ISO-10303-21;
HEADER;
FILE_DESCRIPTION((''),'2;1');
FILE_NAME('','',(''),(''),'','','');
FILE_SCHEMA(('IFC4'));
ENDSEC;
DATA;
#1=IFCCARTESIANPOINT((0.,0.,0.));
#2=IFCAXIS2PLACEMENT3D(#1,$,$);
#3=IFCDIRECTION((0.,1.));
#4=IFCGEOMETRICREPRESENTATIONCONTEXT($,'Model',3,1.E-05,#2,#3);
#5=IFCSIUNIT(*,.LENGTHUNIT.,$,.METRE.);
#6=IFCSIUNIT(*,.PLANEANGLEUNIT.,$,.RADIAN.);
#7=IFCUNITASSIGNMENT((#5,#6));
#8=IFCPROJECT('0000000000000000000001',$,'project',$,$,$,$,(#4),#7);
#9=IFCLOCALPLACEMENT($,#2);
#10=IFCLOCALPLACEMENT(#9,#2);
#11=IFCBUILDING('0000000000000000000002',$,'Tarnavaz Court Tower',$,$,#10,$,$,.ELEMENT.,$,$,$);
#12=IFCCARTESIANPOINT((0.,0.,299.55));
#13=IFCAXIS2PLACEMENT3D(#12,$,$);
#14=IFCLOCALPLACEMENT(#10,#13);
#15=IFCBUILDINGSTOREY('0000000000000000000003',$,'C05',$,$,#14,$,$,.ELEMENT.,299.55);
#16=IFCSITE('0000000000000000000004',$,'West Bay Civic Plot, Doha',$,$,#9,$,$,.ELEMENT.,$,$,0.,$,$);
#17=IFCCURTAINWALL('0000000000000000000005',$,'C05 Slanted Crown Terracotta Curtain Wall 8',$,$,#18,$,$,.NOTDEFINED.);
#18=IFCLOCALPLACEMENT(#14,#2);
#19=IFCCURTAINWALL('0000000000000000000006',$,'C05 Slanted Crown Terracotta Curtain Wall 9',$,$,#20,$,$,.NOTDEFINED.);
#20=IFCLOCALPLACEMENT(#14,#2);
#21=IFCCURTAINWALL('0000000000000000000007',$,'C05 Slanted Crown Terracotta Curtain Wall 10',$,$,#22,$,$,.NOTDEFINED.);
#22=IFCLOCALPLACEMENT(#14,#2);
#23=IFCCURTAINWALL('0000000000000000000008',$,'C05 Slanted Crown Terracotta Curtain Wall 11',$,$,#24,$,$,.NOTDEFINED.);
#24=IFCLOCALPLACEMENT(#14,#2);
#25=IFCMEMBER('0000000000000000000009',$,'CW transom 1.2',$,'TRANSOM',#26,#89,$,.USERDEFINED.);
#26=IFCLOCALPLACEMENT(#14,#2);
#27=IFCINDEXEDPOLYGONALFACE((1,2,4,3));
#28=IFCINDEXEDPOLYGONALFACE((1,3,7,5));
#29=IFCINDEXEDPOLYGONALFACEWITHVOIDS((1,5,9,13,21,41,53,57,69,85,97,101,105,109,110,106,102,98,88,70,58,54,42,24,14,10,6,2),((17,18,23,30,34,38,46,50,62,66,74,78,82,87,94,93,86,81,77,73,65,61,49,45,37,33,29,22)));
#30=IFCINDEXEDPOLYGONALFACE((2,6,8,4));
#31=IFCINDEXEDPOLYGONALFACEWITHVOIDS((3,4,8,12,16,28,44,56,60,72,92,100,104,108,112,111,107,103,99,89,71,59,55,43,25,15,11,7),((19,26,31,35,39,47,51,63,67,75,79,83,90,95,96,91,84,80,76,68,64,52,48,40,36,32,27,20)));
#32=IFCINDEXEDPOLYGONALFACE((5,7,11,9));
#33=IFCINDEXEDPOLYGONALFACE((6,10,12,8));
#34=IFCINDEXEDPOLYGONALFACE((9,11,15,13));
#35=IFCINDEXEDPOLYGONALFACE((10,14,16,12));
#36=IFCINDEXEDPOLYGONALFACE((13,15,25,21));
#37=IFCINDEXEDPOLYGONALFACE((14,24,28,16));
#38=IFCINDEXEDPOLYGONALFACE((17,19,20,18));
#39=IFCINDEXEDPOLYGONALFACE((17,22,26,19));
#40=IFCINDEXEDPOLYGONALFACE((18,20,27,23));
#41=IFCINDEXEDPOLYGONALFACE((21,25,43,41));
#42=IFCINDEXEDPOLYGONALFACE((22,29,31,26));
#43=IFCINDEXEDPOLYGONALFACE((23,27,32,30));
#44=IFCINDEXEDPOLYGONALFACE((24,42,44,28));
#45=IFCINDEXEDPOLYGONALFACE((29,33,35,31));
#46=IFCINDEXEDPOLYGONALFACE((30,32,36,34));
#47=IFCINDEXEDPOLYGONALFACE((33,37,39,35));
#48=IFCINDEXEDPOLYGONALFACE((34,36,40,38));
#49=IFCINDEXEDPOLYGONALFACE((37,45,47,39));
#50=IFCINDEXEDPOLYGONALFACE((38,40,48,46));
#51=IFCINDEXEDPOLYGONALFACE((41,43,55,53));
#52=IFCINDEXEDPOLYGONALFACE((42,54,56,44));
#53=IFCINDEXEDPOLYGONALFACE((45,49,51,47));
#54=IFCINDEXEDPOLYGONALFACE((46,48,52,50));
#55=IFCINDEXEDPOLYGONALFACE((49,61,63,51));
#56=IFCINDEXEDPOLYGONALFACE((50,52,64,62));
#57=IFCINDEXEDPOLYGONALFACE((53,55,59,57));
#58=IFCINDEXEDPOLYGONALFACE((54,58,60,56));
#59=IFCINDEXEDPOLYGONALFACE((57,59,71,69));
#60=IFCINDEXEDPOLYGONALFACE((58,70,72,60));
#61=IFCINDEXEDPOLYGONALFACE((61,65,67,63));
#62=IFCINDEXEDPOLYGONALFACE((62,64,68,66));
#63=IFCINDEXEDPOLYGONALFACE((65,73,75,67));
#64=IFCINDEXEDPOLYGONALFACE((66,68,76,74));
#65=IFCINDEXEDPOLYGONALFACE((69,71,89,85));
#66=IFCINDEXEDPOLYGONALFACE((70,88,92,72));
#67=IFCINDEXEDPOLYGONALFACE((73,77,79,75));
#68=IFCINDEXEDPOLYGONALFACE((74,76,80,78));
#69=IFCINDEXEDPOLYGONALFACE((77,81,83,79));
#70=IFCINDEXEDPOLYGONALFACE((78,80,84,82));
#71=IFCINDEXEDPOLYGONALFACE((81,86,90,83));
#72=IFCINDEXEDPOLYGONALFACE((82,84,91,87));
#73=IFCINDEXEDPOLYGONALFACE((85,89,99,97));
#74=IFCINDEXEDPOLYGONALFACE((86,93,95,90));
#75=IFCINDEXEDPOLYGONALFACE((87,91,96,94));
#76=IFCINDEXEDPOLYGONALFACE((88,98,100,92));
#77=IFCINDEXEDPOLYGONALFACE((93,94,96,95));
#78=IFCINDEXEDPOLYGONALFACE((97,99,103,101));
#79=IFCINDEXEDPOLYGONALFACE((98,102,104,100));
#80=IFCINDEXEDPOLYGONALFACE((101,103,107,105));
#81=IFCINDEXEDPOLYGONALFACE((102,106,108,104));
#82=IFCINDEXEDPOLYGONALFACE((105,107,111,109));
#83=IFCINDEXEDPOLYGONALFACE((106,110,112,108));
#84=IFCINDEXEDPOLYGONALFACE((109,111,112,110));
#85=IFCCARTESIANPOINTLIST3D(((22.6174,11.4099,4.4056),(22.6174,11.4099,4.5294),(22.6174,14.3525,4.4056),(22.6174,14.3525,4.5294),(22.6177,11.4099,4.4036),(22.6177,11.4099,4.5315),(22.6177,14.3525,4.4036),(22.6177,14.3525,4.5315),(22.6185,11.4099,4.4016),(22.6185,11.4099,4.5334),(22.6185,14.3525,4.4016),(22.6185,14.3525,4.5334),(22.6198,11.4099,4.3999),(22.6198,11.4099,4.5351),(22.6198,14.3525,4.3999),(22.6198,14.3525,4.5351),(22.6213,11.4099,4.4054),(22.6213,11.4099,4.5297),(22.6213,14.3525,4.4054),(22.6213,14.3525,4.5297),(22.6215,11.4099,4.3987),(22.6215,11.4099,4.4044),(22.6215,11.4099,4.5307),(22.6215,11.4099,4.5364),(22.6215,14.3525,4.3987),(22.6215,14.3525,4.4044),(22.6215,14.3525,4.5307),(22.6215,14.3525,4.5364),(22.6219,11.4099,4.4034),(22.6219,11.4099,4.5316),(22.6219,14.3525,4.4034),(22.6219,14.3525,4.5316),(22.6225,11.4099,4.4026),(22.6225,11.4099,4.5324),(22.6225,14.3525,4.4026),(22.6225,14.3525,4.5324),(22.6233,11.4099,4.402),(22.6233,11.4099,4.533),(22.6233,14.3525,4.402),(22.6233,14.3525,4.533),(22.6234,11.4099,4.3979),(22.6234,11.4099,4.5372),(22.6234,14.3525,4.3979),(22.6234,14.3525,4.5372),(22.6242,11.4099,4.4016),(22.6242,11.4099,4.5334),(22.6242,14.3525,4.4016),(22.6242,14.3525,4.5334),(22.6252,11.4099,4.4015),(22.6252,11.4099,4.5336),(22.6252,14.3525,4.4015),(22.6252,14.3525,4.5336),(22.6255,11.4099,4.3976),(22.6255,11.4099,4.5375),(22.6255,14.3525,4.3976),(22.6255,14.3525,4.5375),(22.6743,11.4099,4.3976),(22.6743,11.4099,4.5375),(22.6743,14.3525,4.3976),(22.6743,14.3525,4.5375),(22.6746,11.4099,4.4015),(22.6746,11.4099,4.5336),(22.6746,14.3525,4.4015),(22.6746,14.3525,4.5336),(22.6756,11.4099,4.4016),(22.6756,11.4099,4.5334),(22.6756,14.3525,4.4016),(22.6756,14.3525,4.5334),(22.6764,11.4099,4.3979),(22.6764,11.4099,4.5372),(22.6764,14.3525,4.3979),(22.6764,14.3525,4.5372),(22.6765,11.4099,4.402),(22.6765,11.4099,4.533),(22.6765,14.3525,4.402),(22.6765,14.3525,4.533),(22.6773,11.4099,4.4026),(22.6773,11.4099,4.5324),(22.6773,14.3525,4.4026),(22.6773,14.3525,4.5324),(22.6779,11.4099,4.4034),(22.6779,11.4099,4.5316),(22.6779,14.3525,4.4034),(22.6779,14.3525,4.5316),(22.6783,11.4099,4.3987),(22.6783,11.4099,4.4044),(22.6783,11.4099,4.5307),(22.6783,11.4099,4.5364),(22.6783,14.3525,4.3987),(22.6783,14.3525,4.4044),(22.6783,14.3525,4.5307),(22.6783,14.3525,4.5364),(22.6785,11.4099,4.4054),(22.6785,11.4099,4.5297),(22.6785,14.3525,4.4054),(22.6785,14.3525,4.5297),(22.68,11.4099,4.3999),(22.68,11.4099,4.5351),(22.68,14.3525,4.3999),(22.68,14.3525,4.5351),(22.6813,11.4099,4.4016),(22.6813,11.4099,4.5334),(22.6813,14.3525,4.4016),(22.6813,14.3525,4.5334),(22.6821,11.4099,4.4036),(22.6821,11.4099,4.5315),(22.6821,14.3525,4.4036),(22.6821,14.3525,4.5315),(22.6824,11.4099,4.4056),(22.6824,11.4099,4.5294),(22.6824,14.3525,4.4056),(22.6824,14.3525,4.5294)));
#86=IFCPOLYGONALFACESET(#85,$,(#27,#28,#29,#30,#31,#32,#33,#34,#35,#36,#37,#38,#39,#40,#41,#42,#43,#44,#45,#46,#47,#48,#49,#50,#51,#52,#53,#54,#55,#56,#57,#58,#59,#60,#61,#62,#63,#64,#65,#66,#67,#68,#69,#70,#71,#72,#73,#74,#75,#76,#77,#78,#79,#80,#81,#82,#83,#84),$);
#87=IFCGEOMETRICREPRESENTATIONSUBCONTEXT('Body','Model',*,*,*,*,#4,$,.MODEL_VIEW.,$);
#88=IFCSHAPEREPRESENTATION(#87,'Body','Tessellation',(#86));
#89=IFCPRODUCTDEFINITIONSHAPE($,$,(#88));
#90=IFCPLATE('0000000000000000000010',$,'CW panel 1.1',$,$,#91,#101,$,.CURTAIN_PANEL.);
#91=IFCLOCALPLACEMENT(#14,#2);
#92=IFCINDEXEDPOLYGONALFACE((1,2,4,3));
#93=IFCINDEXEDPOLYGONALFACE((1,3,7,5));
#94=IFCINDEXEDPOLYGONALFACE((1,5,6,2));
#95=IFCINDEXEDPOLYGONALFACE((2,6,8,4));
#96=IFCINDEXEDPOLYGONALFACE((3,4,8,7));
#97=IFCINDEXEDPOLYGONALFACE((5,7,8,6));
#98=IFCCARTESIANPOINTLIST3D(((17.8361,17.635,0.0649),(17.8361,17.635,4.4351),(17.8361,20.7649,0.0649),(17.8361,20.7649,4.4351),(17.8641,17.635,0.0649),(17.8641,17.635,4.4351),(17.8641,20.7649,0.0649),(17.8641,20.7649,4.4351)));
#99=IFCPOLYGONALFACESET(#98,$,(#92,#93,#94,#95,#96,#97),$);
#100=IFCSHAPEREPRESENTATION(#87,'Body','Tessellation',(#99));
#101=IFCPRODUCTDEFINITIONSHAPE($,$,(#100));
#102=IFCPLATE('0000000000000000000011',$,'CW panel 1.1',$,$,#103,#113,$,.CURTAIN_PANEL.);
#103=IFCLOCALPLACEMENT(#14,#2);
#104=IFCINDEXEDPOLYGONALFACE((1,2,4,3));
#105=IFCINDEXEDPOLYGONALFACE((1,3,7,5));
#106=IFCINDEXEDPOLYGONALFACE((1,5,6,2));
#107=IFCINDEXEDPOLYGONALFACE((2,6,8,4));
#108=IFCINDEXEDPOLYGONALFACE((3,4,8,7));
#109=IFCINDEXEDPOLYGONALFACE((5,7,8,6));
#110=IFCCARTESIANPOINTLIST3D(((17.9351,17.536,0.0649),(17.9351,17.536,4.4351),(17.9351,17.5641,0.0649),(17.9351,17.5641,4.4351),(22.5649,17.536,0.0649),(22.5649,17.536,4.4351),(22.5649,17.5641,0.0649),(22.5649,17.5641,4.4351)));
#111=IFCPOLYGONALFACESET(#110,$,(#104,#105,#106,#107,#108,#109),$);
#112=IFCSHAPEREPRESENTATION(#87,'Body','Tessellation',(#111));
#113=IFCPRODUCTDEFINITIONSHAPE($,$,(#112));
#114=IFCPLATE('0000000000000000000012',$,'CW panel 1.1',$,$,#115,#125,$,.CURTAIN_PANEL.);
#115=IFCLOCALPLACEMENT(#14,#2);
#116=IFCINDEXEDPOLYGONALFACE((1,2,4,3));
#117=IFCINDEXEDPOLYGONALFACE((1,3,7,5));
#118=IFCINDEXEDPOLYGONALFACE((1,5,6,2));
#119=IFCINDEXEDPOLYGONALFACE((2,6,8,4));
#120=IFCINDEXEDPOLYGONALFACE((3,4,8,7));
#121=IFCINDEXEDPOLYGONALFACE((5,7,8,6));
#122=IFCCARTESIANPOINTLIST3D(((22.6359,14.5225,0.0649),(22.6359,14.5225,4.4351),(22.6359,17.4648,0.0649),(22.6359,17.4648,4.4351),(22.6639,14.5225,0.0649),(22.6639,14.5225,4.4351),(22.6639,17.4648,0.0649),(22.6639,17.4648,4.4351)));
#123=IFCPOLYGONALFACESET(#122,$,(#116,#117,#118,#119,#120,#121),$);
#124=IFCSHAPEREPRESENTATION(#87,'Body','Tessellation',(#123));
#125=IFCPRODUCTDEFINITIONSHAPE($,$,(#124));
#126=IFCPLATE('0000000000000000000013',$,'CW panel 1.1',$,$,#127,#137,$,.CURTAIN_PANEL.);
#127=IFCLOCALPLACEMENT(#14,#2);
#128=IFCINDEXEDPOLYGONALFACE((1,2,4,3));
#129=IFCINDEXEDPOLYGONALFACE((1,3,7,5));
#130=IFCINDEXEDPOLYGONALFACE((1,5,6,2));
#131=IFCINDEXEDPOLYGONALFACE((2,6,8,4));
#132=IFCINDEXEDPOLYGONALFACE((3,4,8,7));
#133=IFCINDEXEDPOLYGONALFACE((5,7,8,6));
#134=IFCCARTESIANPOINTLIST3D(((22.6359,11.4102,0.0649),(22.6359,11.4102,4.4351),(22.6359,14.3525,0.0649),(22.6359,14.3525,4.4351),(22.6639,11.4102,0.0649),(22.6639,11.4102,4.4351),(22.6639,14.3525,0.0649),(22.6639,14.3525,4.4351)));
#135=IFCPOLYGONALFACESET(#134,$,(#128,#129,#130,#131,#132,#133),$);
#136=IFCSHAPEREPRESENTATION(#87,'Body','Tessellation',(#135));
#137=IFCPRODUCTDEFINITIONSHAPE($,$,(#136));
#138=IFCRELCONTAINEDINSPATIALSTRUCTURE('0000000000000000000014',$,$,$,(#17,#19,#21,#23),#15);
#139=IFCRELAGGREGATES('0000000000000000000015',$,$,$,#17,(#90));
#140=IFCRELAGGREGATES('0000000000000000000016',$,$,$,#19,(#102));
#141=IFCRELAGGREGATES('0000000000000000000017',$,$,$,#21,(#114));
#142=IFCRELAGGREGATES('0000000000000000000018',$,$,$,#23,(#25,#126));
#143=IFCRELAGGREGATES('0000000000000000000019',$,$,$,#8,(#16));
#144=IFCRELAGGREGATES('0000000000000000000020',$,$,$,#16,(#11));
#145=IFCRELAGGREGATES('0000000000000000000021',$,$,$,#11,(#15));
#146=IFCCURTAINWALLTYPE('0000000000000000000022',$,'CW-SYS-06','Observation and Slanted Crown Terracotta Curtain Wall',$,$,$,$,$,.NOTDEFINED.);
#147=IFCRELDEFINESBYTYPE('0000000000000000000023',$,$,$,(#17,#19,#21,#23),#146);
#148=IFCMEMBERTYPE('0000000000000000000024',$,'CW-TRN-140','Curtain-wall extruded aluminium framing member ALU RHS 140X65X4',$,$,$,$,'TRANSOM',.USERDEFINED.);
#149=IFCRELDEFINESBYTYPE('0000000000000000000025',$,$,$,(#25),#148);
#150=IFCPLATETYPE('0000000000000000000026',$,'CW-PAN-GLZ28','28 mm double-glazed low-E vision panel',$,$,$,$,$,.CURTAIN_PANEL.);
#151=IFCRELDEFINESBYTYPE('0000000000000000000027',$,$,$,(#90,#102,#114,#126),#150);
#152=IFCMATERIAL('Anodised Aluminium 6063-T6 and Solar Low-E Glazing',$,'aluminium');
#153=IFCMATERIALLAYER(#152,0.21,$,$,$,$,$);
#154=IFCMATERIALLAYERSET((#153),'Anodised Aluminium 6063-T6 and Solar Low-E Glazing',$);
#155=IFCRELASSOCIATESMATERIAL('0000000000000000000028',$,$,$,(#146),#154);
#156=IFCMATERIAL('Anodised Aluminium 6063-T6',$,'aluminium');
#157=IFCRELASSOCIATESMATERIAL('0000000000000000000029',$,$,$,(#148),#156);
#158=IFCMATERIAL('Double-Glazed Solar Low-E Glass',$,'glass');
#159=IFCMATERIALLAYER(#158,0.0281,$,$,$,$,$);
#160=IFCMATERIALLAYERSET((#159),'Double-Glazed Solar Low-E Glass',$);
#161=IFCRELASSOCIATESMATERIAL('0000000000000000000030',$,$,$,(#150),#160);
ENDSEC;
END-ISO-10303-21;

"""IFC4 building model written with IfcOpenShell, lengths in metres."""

from ifc_helpers import new_model, si_unit, direction, frame, origin, origin_2d, place, context, subcontext, project, spatial, rectangle, hollow_rectangle, extrude, material, layer, layer_set, material_profile, profile_set, type_object, element, aggregate, save


model = new_model("IFC4")

# Units and contexts
model_context = context("Model", 3, precision=1e-05, world=origin(), true_north=direction((0.0, 1.0)))
body_context = subcontext(model_context, "Body", "Model", "MODEL_VIEW")
ifc_project = project(units=[si_unit("LENGTHUNIT", "METRE"), si_unit("PLANEANGLEUNIT", "RADIAN")], contexts=[model_context])

# Site, building, storey
site_placement = place(None, origin())
site = spatial("IfcSite", under=ifc_project, at=site_placement, Name="West Bay Civic Plot, Doha", CompositionType="ELEMENT", RefElevation=0.0)
building_placement = place(site_placement, origin())
building = spatial("IfcBuilding", under=site, at=building_placement, Name="Tarnavaz Court Tower", CompositionType="ELEMENT")
storey_placement = place(building_placement, frame((0.0, 0.0, 299.55)))
storey = spatial("IfcBuildingStorey", under=building, at=storey_placement, Name="C05", CompositionType="ELEMENT", Elevation=299.55)

# Curtain wall
ifc_material_1 = material(Name="Anodised Aluminium 6063-T6 and Solar Low-E Glazing", Category="aluminium")
ifc_layer_1 = layer(ifc_material_1, 0.21)
ifc_layer_set_1 = layer_set([ifc_layer_1], Name="Anodised Aluminium 6063-T6 and Solar Low-E Glazing")
curtain_wall_type = type_object("IfcCurtainWallType", Name="CW-SYS-06", Description="Observation and Slanted Crown Terracotta Curtain Wall", PredefinedType="NOTDEFINED", material=ifc_layer_set_1)
curtain_wall_1_placement = place(storey_placement, origin())
curtain_wall_1 = element("IfcCurtainWall", 1, at=curtain_wall_1_placement, inside=storey, type_object=curtain_wall_type, Name="C05 Slanted Crown Terracotta Curtain Wall 8", PredefinedType="NOTDEFINED")
ifc_material_2 = material(Name="Anodised Aluminium 6063-T6", Category="aluminium")

# Curtain walls
curtain_wall_2_placement = place(storey_placement, origin())
curtain_wall_2 = element("IfcCurtainWall", 2, at=curtain_wall_2_placement, inside=storey, type_object=curtain_wall_type, Name="C05 Slanted Crown Terracotta Curtain Wall 9", PredefinedType="NOTDEFINED")
curtain_wall_3_placement = place(storey_placement, origin())
curtain_wall_3 = element("IfcCurtainWall", 3, at=curtain_wall_3_placement, inside=storey, type_object=curtain_wall_type, Name="C05 Slanted Crown Terracotta Curtain Wall 10", PredefinedType="NOTDEFINED")
curtain_wall_4_placement = place(storey_placement, origin())
curtain_wall_4 = element("IfcCurtainWall", 4, at=curtain_wall_4_placement, inside=storey, type_object=curtain_wall_type, Name="C05 Slanted Crown Terracotta Curtain Wall 11", PredefinedType="NOTDEFINED")

# Member
ifc_material_profile_1 = material_profile(ifc_material_2, hollow_rectangle(XDim=0.0649, YDim=0.1399, WallThickness=0.0039, InnerFilletRadius=0.0039, OuterFilletRadius=0.0081, at=origin_2d()), Name="ALU RHS 140X65X4")
ifc_profile_set_1 = profile_set([ifc_material_profile_1], Name="Anodised Aluminium 6063-T6")
member_type_1 = type_object("IfcMemberType", Name="CW-TRN-140", Description="Curtain-wall extruded aluminium framing member ALU RHS 140X65X4", ElementType="TRANSOM", PredefinedType="USERDEFINED", material=ifc_profile_set_1)
member_1_placement = place(storey_placement, frame((22.6499, 14.3525, 4.4675), z_axis=(0.0, -1.0, 0.0), x_axis=(1.0, 0.0, 0.0)))
member_1 = element("IfcMember", 5, at=member_1_placement, type_object=member_type_1, Name="CW transom 1.2", ObjectType="TRANSOM", PredefinedType="USERDEFINED", context=body_context, shape_type="SweptSolid", body=[
    extrude(hollow_rectangle(XDim=0.0649, YDim=0.1399, WallThickness=0.0039, InnerFilletRadius=0.0039, OuterFilletRadius=0.0081, at=origin_2d()), origin(), (0.0, 0.0, 1.0), 2.9426),
])

# Plates
ifc_material_3 = material(Name="Double-Glazed Solar Low-E Glass", Category="glass")
ifc_layer_2 = layer(ifc_material_3, 0.0281)
ifc_layer_set_2 = layer_set([ifc_layer_2], Name="Double-Glazed Solar Low-E Glass")
plate_type = type_object("IfcPlateType", Name="CW-PAN-GLZ28", Description="28 mm double-glazed low-E vision panel", PredefinedType="CURTAIN_PANEL", material=ifc_layer_set_2)
plate_1_placement = place(storey_placement, frame((17.8501, 19.2, 0.0649), z_axis=(0.0, 0.0, 1.0), x_axis=(0.0, -1.0, 0.0)))
plate_1 = element("IfcPlate", 6, at=plate_1_placement, type_object=plate_type, Name="CW panel 1.1", PredefinedType="CURTAIN_PANEL", context=body_context, shape_type="SweptSolid", body=[
    extrude(rectangle(XDim=3.1299, YDim=0.0281, at=origin_2d()), origin(), (0.0, 0.0, 1.0), 4.3701),
])
aggregate(curtain_wall_1, [plate_1])
plate_2_placement = place(storey_placement, frame((20.25, 17.55, 0.0649), z_axis=(0.0, 0.0, 1.0), x_axis=(1.0, 0.0, 0.0)))
plate_2 = element("IfcPlate", 7, at=plate_2_placement, type_object=plate_type, Name="CW panel 1.1", PredefinedType="CURTAIN_PANEL", context=body_context, shape_type="SweptSolid", body=[
    extrude(rectangle(XDim=4.6299, YDim=0.0281, at=origin_2d()), origin(), (0.0, 0.0, 1.0), 4.3701),
])
aggregate(curtain_wall_2, [plate_2])
plate_3_placement = place(storey_placement, frame((22.6499, 15.9937, 0.0649), z_axis=(0.0, 0.0, 1.0), x_axis=(0.0, -1.0, 0.0)))
plate_3 = element("IfcPlate", 8, at=plate_3_placement, type_object=plate_type, Name="CW panel 1.1", PredefinedType="CURTAIN_PANEL", context=body_context, shape_type="SweptSolid", body=[
    extrude(rectangle(XDim=2.9424, YDim=0.0281, at=origin_2d()), origin(), (0.0, 0.0, 1.0), 4.3701),
])
aggregate(curtain_wall_3, [plate_3])
plate_4_placement = place(storey_placement, frame((22.6499, 12.8813, 0.0649), z_axis=(0.0, 0.0, 1.0), x_axis=(0.0, -1.0, 0.0)))
plate_4 = element("IfcPlate", 9, at=plate_4_placement, type_object=plate_type, Name="CW panel 1.1", PredefinedType="CURTAIN_PANEL", context=body_context, shape_type="SweptSolid", body=[
    extrude(rectangle(XDim=2.9424, YDim=0.0281, at=origin_2d()), origin(), (0.0, 0.0, 1.0), 4.3701),
])
aggregate(curtain_wall_4, [member_1, plate_4])

save(model, "model.ifc")
